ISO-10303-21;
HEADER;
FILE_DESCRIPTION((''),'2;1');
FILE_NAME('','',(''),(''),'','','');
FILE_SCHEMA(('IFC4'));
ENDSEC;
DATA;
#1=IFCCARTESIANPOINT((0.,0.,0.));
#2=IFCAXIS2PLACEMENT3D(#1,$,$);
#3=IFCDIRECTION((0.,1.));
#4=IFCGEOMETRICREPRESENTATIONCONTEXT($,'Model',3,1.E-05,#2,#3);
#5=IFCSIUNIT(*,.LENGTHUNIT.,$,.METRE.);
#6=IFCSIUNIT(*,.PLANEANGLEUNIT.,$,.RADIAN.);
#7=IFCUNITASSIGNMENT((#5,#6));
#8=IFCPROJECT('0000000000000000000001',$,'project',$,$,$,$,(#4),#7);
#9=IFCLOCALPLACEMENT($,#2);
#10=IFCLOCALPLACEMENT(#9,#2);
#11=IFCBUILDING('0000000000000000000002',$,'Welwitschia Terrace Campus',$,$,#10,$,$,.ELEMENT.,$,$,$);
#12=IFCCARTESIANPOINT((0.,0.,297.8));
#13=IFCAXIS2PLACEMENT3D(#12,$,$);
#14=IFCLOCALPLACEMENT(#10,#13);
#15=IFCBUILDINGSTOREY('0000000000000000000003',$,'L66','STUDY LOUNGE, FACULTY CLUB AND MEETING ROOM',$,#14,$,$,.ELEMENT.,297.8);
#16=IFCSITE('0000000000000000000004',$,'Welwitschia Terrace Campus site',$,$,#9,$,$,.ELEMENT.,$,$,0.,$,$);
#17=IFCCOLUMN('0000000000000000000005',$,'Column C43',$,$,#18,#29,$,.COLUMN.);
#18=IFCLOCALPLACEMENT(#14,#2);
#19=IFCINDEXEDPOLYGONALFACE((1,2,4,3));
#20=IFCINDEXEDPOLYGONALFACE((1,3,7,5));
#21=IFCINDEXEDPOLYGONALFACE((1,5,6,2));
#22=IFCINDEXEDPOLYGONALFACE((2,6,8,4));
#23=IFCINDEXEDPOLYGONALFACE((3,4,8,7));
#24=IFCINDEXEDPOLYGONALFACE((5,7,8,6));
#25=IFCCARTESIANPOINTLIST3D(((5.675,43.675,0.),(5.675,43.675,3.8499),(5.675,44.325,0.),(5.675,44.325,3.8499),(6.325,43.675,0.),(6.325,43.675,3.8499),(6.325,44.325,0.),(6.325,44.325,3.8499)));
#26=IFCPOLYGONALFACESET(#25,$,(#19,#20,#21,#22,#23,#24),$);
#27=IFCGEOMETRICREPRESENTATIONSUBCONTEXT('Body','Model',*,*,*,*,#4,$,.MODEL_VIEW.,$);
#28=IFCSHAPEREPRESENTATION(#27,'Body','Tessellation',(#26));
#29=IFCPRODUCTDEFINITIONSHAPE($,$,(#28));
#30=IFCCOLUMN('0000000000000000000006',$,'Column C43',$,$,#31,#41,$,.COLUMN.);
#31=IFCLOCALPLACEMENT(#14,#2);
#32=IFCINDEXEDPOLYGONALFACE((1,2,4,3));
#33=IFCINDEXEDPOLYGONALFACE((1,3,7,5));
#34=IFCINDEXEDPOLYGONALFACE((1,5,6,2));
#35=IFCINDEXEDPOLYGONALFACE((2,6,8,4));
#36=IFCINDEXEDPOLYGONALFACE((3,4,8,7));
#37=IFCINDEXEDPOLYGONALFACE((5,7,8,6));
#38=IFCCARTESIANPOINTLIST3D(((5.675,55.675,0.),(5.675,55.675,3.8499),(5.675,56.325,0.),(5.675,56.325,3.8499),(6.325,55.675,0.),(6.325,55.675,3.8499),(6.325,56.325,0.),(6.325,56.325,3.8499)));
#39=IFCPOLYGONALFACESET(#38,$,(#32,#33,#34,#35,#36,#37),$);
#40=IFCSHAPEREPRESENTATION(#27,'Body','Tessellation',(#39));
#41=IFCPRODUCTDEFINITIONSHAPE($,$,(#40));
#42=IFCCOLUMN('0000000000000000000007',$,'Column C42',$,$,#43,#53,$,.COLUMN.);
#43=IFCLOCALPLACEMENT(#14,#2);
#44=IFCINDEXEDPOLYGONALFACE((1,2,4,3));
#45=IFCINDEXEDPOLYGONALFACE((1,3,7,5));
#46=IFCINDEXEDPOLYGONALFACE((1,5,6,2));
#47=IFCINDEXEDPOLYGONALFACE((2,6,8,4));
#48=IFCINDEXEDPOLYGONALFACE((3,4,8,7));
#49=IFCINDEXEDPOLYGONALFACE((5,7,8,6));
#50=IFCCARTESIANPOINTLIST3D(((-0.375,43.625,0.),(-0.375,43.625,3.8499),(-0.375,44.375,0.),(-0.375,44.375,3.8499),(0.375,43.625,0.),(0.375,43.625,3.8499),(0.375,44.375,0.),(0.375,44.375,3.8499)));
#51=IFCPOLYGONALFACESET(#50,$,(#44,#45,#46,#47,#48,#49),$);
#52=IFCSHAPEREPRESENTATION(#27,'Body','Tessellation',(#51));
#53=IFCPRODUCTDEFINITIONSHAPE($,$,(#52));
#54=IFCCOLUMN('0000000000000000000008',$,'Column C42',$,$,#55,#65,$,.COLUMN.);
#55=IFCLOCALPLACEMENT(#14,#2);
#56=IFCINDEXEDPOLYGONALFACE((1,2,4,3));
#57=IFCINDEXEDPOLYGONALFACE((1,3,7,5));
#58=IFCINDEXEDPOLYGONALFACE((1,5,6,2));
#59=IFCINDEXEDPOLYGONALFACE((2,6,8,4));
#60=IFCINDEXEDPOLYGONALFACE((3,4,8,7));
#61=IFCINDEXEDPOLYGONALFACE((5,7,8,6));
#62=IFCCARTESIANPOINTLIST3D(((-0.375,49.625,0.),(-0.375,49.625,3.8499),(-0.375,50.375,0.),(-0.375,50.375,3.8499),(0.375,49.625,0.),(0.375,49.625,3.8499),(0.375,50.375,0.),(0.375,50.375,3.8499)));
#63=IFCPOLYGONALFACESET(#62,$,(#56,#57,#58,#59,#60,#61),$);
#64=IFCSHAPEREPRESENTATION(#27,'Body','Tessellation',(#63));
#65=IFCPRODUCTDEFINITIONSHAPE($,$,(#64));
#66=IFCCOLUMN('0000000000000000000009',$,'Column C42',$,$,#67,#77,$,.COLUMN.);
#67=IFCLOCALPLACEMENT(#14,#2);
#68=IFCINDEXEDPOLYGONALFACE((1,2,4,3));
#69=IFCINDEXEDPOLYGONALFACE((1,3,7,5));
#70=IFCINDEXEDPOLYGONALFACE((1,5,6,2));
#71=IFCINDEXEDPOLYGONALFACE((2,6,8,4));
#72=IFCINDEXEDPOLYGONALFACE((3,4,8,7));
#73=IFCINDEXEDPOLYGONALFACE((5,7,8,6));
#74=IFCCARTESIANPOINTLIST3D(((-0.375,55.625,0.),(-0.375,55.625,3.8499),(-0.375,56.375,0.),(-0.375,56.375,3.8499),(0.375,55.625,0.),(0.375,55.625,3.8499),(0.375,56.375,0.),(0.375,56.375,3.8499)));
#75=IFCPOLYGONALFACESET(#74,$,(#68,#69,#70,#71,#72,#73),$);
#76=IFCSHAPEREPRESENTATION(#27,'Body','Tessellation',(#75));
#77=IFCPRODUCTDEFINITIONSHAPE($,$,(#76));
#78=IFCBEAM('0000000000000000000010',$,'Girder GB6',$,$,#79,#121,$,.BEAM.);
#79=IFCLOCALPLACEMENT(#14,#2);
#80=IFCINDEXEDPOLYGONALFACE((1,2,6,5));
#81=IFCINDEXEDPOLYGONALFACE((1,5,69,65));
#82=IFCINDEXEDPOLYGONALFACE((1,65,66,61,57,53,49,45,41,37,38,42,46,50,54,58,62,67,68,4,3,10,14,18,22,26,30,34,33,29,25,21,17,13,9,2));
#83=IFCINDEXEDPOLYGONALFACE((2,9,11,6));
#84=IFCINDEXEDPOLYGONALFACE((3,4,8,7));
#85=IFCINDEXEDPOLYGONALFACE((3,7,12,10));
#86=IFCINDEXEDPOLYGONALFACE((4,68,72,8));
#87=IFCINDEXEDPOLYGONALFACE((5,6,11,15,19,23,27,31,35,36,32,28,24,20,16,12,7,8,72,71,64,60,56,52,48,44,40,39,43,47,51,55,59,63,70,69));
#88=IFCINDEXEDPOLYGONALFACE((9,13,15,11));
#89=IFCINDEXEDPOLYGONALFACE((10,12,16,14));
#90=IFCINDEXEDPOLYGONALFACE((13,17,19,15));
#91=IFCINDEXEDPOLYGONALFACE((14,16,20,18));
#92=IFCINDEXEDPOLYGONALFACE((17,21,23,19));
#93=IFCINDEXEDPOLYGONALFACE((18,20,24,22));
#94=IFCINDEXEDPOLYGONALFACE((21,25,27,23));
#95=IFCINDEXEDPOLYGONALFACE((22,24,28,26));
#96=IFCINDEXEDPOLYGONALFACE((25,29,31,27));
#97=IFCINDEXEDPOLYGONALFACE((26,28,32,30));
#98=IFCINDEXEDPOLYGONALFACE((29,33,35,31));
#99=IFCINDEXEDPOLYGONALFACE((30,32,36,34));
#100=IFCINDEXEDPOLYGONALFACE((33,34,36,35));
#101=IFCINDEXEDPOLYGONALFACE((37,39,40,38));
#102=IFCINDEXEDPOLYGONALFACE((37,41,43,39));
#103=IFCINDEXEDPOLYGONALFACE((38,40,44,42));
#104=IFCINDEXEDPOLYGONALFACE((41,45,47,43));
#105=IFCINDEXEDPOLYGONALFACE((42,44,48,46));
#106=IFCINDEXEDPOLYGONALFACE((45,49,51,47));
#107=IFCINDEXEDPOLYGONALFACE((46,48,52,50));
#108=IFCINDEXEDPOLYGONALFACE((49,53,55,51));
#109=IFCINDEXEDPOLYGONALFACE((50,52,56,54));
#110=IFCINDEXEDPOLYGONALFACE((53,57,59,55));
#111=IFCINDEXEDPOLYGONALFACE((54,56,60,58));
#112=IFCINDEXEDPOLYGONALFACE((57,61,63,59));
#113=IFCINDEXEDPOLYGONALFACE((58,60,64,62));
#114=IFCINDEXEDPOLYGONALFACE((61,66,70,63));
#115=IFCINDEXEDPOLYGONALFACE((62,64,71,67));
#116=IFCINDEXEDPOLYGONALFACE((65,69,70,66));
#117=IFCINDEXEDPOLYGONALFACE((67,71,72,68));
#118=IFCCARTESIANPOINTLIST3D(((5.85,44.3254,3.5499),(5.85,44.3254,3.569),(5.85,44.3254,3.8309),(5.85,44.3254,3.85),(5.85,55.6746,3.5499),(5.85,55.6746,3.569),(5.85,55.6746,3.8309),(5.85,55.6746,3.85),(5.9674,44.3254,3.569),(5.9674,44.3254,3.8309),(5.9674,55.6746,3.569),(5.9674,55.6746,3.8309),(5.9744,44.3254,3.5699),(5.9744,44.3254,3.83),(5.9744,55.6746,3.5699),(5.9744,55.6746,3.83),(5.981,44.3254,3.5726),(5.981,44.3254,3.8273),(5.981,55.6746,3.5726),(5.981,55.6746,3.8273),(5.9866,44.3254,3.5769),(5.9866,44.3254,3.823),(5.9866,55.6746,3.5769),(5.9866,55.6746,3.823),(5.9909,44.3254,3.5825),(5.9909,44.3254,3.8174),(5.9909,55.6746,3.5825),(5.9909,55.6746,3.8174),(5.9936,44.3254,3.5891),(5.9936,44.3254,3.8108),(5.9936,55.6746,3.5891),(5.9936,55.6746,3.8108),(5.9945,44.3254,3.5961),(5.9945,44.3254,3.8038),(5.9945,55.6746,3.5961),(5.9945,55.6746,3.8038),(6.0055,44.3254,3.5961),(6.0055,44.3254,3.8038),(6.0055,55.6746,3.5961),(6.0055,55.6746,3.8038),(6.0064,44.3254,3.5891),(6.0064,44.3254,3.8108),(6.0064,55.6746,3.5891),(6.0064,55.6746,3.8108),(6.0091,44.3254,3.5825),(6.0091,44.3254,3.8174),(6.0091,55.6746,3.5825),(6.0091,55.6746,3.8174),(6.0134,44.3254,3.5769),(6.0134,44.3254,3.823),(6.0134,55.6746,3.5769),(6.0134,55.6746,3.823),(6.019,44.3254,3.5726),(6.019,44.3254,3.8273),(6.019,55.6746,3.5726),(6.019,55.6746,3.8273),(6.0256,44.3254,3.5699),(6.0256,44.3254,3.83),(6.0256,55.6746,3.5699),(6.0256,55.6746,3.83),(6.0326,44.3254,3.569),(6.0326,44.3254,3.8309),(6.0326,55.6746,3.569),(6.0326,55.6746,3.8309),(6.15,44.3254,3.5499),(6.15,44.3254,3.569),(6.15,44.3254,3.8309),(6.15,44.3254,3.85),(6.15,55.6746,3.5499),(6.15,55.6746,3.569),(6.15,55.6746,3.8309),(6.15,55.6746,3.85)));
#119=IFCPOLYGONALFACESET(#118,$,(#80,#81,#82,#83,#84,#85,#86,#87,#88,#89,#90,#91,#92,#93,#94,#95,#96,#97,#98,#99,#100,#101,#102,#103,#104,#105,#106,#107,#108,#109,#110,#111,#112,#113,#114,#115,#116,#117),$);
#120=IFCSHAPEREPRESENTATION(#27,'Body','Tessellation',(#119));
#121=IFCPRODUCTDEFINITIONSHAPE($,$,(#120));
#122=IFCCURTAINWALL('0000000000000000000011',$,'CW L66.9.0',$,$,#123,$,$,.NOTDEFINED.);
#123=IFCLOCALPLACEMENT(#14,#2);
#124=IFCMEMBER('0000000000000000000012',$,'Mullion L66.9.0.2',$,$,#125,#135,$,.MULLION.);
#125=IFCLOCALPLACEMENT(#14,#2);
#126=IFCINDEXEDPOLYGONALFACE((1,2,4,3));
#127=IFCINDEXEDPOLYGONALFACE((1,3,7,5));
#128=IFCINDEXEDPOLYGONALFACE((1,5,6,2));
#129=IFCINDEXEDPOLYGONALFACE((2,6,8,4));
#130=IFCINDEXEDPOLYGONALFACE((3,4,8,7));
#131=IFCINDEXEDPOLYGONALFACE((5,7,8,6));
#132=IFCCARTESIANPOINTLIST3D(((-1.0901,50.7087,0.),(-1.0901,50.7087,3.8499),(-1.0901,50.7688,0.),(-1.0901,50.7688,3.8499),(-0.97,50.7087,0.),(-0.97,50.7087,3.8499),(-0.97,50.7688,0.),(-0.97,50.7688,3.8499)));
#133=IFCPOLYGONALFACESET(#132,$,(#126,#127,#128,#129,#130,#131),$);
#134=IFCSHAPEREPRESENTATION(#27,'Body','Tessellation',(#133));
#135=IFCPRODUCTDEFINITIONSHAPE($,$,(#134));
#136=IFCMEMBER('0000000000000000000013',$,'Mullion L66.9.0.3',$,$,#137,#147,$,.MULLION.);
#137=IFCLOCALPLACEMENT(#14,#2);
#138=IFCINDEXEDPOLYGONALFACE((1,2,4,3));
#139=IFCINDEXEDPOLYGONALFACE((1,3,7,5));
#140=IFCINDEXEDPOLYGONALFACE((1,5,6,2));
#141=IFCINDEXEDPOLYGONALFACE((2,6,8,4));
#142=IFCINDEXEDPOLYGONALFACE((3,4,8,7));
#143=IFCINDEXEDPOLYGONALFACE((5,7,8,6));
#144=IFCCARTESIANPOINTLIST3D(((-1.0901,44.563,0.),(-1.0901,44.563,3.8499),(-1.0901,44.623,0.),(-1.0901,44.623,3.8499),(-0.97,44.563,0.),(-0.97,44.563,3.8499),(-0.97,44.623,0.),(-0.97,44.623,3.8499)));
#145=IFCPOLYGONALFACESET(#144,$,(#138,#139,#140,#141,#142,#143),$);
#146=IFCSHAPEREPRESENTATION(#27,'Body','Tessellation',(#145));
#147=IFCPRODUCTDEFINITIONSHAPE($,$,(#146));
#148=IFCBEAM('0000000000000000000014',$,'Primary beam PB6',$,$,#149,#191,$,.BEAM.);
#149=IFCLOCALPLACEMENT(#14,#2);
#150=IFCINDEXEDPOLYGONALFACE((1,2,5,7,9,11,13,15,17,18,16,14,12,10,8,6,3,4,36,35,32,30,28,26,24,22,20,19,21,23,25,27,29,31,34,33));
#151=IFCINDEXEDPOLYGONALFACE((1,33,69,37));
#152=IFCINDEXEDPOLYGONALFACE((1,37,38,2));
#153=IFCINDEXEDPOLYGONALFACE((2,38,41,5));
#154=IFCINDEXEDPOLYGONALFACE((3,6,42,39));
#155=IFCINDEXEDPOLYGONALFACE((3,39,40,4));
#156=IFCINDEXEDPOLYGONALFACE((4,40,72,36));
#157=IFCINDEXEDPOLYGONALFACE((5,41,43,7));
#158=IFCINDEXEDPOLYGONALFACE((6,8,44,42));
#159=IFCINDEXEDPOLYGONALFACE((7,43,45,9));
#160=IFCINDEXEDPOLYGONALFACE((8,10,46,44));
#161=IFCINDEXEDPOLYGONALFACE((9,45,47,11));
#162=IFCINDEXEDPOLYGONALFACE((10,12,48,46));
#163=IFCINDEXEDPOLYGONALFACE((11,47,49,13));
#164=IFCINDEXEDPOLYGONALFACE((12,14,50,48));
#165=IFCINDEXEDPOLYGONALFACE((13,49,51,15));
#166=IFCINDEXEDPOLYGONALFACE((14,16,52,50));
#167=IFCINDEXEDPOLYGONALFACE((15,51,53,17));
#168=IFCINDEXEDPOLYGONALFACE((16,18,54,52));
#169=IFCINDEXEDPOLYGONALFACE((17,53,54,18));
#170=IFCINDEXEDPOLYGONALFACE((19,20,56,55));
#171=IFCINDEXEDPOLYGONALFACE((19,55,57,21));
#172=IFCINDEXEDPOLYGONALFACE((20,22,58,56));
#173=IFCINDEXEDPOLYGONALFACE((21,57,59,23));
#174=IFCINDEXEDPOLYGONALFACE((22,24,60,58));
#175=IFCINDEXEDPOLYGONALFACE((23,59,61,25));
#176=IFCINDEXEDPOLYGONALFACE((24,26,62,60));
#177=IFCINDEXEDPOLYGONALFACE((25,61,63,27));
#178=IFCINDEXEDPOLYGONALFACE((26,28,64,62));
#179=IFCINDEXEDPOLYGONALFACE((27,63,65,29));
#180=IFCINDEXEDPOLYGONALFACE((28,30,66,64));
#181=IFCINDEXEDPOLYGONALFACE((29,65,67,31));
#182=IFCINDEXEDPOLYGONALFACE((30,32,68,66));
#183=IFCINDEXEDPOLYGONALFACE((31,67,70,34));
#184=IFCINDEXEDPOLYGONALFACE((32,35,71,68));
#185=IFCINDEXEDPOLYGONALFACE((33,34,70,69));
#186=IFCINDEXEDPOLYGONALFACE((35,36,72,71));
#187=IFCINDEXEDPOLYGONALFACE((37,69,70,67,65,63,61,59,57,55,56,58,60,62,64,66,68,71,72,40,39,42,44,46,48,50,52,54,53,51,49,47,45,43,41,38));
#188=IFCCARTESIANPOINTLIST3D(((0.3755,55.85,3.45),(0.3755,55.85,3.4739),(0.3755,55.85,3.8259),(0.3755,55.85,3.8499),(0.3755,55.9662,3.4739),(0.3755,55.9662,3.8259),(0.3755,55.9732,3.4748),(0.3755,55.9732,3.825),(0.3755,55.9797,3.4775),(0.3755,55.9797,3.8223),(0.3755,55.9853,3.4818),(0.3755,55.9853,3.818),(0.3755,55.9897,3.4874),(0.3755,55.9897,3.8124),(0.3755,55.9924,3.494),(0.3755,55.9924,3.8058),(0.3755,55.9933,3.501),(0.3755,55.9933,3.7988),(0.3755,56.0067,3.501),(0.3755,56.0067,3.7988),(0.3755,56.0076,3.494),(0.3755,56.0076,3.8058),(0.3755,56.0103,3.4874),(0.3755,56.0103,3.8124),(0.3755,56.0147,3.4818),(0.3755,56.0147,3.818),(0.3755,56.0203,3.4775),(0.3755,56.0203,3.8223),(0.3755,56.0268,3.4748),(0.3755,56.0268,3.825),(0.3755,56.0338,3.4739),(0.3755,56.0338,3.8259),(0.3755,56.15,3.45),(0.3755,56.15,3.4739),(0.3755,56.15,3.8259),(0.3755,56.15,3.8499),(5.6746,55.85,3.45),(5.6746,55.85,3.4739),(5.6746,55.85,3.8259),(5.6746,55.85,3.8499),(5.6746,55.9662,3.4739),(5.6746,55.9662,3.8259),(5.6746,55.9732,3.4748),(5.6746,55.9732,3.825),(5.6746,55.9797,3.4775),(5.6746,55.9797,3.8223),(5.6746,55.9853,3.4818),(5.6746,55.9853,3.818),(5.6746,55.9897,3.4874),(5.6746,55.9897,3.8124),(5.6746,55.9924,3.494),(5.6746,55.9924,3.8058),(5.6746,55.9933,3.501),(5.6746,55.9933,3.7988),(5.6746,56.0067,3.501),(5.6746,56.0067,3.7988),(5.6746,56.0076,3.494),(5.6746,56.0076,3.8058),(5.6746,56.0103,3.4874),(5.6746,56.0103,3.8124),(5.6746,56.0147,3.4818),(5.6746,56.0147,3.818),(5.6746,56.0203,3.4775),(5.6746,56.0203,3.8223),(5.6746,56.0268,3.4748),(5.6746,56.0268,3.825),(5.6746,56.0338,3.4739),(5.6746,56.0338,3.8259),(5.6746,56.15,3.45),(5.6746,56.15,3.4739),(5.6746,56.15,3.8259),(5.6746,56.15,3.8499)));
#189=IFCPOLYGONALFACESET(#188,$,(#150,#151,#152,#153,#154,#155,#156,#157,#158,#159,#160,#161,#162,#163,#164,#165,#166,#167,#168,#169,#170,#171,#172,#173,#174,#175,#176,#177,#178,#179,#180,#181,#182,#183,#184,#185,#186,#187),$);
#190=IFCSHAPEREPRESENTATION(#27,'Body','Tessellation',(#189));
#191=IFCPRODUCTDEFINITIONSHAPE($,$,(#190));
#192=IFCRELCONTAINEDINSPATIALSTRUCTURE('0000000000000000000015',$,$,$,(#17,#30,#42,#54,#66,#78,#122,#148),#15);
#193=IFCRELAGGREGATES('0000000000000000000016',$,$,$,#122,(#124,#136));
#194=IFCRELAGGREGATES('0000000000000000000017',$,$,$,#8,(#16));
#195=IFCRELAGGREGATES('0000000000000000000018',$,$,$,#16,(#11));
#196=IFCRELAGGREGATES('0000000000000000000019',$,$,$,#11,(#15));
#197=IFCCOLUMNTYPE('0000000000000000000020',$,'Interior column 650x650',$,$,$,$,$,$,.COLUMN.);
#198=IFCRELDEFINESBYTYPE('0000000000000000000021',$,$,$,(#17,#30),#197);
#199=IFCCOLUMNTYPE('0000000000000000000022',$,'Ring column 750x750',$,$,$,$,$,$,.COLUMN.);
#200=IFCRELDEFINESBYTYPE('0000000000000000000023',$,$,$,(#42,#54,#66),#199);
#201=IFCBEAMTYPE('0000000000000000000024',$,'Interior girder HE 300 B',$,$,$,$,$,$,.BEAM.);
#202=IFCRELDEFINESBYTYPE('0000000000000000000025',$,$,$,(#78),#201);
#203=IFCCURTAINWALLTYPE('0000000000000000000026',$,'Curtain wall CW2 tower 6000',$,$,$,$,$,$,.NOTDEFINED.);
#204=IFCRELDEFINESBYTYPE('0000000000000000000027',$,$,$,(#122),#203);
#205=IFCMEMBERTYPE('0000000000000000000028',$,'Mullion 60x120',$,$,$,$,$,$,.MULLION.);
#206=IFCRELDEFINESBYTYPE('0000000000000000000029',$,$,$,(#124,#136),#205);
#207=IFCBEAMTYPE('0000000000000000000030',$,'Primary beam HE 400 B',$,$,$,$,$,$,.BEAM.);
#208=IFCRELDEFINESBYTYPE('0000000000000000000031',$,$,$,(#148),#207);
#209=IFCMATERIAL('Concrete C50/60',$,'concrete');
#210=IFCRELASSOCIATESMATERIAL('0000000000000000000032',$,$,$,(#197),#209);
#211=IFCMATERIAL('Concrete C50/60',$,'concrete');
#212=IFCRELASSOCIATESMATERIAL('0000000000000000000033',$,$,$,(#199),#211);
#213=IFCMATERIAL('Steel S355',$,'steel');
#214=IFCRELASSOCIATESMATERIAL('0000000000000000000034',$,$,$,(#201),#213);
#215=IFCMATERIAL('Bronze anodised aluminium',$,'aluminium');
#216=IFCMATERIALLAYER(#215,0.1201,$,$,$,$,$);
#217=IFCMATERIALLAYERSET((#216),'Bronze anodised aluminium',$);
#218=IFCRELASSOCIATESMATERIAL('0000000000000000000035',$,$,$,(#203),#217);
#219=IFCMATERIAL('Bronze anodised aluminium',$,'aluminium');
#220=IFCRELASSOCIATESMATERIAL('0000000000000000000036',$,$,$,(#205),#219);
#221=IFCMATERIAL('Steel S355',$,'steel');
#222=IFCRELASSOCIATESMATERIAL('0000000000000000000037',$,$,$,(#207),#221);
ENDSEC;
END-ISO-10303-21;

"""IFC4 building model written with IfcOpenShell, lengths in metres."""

from ifc_helpers import new_model, si_unit, direction, frame, origin, origin_2d, place, context, subcontext, project, spatial, rectangle, i_section, extrude, material, layer, layer_set, material_profile, profile_set, type_object, element, aggregate, save


model = new_model("IFC4")

# Units and contexts
model_context = context("Model", 3, precision=1e-05, world=origin(), true_north=direction((0.0, 1.0)))
body_context = subcontext(model_context, "Body", "Model", "MODEL_VIEW")
ifc_project = project(units=[si_unit("LENGTHUNIT", "METRE"), si_unit("PLANEANGLEUNIT", "RADIAN")], contexts=[model_context])

# Site, building, storey
site_placement = place(None, origin())
site = spatial("IfcSite", under=ifc_project, at=site_placement, Name="Welwitschia Terrace Campus site", CompositionType="ELEMENT", RefElevation=0.0)
building_placement = place(site_placement, origin())
building = spatial("IfcBuilding", under=site, at=building_placement, Name="Welwitschia Terrace Campus", CompositionType="ELEMENT")
storey_placement = place(building_placement, frame((0.0, 0.0, 297.8)))
storey = spatial("IfcBuildingStorey", under=building, at=storey_placement, Name="L66", Description="STUDY LOUNGE, FACULTY CLUB AND MEETING ROOM", CompositionType="ELEMENT", Elevation=297.8)

# Columns
ifc_material_1 = material(Name="Concrete C50/60", Category="concrete")
ifc_material_profile_1 = material_profile(ifc_material_1, rectangle(XDim=0.6499, YDim=0.6499, at=origin_2d()))
ifc_profile_set_1 = profile_set([ifc_material_profile_1], Name="Concrete C50/60")
column_type_1 = type_object("IfcColumnType", Name="Interior column 650x650", PredefinedType="COLUMN", material=ifc_profile_set_1)
for number, where, z_axis, x_axis, name in (
    (1, (6.0, 44.0, 0.0), (0.0, 0.0, 1.0), (1.0, 0.0, 0.0), "Column C43"),
    (2, (6.0, 56.0, 0.0), (0.0, 0.0, 1.0), (1.0, 0.0, 0.0), "Column C43"),
):
    element("IfcColumn", number, at=place(storey_placement, frame(where, z_axis=z_axis, x_axis=x_axis)), inside=storey, type_object=column_type_1, Name=name, PredefinedType="COLUMN", context=body_context, shape_type="SweptSolid", body=[
        extrude(rectangle(XDim=0.6499, YDim=0.6499, at=origin_2d()), origin(), (0.0, 0.0, 1.0), 3.8499),
    ])
ifc_material_2 = material(Name="Concrete C50/60", Category="concrete")
ifc_material_profile_2 = material_profile(ifc_material_2, rectangle(XDim=0.75, YDim=0.75, at=origin_2d()))
ifc_profile_set_2 = profile_set([ifc_material_profile_2], Name="Concrete C50/60")
column_type_2 = type_object("IfcColumnType", Name="Ring column 750x750", PredefinedType="COLUMN", material=ifc_profile_set_2)
for number, where, z_axis, x_axis, name in (
    (3, (0.0, 44.0, 0.0), (0.0, 0.0, 1.0), (1.0, 0.0, 0.0), "Column C42"),
    (4, (0.0, 50.0, 0.0), (0.0, 0.0, 1.0), (1.0, 0.0, 0.0), "Column C42"),
    (5, (0.0, 56.0, 0.0), (0.0, 0.0, 1.0), (1.0, 0.0, 0.0), "Column C42"),
):
    element("IfcColumn", number, at=place(storey_placement, frame(where, z_axis=z_axis, x_axis=x_axis)), inside=storey, type_object=column_type_2, Name=name, PredefinedType="COLUMN", context=body_context, shape_type="SweptSolid", body=[
        extrude(rectangle(XDim=0.75, YDim=0.75, at=origin_2d()), origin(), (0.0, 0.0, 1.0), 3.8499),
    ])

# Beam
ifc_material_3 = material(Name="Steel S355", Category="steel")
ifc_material_profile_3 = material_profile(ifc_material_3, i_section(OverallWidth=0.3, OverallDepth=0.3, WebThickness=0.011, FlangeThickness=0.019, FilletRadius=0.0271, at=origin_2d()))
ifc_profile_set_3 = profile_set([ifc_material_profile_3], Name="Steel S355")
beam_type_1 = type_object("IfcBeamType", Name="Interior girder HE 300 B", PredefinedType="BEAM", material=ifc_profile_set_3)
beam_placement = place(storey_placement, frame((6.0, 44.3254, 3.7), z_axis=(0.0, 1.0, 0.0), x_axis=(-1.0, 0.0, 0.0)))
element("IfcBeam", 6, at=beam_placement, inside=storey, type_object=beam_type_1, Name="Girder GB6", PredefinedType="BEAM", context=body_context, shape_type="SweptSolid", body=[
    extrude(i_section(OverallWidth=0.3, OverallDepth=0.3, WebThickness=0.011, FlangeThickness=0.019, FilletRadius=0.0271, at=origin_2d()), origin(), (0.0, 0.0, 1.0), 11.3491),
])

# Curtain wall, members
ifc_material_4 = material(Name="Bronze anodised aluminium", Category="aluminium")
ifc_layer_1 = layer(ifc_material_4, 0.1201)
ifc_layer_set_1 = layer_set([ifc_layer_1], Name="Bronze anodised aluminium")
curtain_wall_type = type_object("IfcCurtainWallType", Name="Curtain wall CW2 tower 6000", PredefinedType="NOTDEFINED", material=ifc_layer_set_1)
curtain_wall_placement = place(storey_placement, origin())
curtain_wall = element("IfcCurtainWall", 7, at=curtain_wall_placement, inside=storey, type_object=curtain_wall_type, Name="CW L66.9.0", PredefinedType="NOTDEFINED")
ifc_material_5 = material(Name="Bronze anodised aluminium", Category="aluminium")
ifc_material_profile_4 = material_profile(ifc_material_5, rectangle(XDim=0.1201, YDim=0.0601, at=origin_2d()))
ifc_profile_set_4 = profile_set([ifc_material_profile_4], Name="Bronze anodised aluminium")
member_type = type_object("IfcMemberType", Name="Mullion 60x120", PredefinedType="MULLION", material=ifc_profile_set_4)
member_1_placement = place(storey_placement, frame((-1.03, 50.7388, 0.0), z_axis=(0.0, 0.0, 1.0), x_axis=(1.0, 0.0, 0.0)))
member_1 = element("IfcMember", 8, at=member_1_placement, type_object=member_type, Name="Mullion L66.9.0.2", PredefinedType="MULLION", context=body_context, shape_type="SweptSolid", body=[
    extrude(rectangle(XDim=0.1201, YDim=0.0601, at=origin_2d()), origin(), (0.0, 0.0, 1.0), 3.8499),
])
member_2_placement = place(storey_placement, frame((-1.03, 44.593, 0.0), z_axis=(0.0, 0.0, 1.0), x_axis=(1.0, 0.0, 0.0)))
member_2 = element("IfcMember", 9, at=member_2_placement, type_object=member_type, Name="Mullion L66.9.0.3", PredefinedType="MULLION", context=body_context, shape_type="SweptSolid", body=[
    extrude(rectangle(XDim=0.1201, YDim=0.0601, at=origin_2d()), origin(), (0.0, 0.0, 1.0), 3.8499),
])

# Beam
ifc_material_6 = material(Name="Steel S355", Category="steel")
ifc_material_profile_5 = material_profile(ifc_material_6, i_section(OverallWidth=0.3, OverallDepth=0.3999, WebThickness=0.0134, FlangeThickness=0.0239, FilletRadius=0.0271, at=origin_2d()))
ifc_profile_set_5 = profile_set([ifc_material_profile_5], Name="Steel S355")
beam_type_2 = type_object("IfcBeamType", Name="Primary beam HE 400 B", PredefinedType="BEAM", material=ifc_profile_set_5)
for number, where, z_axis, x_axis, name in (
    (10, (0.3755, 56.0, 3.6499), (1.0, 0.0, 0.0), (0.0, 1.0, 0.0), "Primary beam PB6"),
):
    element("IfcBeam", number, at=place(storey_placement, frame(where, z_axis=z_axis, x_axis=x_axis)), inside=storey, type_object=beam_type_2, Name=name, PredefinedType="BEAM", context=body_context, shape_type="SweptSolid", body=[
        extrude(i_section(OverallWidth=0.3, OverallDepth=0.3999, WebThickness=0.0134, FlangeThickness=0.0239, FilletRadius=0.0271, at=origin_2d()), origin(), (0.0, 0.0, 1.0), 5.2991),
    ])

aggregate(curtain_wall, [member_1, member_2])

save(model, "model.ifc")
